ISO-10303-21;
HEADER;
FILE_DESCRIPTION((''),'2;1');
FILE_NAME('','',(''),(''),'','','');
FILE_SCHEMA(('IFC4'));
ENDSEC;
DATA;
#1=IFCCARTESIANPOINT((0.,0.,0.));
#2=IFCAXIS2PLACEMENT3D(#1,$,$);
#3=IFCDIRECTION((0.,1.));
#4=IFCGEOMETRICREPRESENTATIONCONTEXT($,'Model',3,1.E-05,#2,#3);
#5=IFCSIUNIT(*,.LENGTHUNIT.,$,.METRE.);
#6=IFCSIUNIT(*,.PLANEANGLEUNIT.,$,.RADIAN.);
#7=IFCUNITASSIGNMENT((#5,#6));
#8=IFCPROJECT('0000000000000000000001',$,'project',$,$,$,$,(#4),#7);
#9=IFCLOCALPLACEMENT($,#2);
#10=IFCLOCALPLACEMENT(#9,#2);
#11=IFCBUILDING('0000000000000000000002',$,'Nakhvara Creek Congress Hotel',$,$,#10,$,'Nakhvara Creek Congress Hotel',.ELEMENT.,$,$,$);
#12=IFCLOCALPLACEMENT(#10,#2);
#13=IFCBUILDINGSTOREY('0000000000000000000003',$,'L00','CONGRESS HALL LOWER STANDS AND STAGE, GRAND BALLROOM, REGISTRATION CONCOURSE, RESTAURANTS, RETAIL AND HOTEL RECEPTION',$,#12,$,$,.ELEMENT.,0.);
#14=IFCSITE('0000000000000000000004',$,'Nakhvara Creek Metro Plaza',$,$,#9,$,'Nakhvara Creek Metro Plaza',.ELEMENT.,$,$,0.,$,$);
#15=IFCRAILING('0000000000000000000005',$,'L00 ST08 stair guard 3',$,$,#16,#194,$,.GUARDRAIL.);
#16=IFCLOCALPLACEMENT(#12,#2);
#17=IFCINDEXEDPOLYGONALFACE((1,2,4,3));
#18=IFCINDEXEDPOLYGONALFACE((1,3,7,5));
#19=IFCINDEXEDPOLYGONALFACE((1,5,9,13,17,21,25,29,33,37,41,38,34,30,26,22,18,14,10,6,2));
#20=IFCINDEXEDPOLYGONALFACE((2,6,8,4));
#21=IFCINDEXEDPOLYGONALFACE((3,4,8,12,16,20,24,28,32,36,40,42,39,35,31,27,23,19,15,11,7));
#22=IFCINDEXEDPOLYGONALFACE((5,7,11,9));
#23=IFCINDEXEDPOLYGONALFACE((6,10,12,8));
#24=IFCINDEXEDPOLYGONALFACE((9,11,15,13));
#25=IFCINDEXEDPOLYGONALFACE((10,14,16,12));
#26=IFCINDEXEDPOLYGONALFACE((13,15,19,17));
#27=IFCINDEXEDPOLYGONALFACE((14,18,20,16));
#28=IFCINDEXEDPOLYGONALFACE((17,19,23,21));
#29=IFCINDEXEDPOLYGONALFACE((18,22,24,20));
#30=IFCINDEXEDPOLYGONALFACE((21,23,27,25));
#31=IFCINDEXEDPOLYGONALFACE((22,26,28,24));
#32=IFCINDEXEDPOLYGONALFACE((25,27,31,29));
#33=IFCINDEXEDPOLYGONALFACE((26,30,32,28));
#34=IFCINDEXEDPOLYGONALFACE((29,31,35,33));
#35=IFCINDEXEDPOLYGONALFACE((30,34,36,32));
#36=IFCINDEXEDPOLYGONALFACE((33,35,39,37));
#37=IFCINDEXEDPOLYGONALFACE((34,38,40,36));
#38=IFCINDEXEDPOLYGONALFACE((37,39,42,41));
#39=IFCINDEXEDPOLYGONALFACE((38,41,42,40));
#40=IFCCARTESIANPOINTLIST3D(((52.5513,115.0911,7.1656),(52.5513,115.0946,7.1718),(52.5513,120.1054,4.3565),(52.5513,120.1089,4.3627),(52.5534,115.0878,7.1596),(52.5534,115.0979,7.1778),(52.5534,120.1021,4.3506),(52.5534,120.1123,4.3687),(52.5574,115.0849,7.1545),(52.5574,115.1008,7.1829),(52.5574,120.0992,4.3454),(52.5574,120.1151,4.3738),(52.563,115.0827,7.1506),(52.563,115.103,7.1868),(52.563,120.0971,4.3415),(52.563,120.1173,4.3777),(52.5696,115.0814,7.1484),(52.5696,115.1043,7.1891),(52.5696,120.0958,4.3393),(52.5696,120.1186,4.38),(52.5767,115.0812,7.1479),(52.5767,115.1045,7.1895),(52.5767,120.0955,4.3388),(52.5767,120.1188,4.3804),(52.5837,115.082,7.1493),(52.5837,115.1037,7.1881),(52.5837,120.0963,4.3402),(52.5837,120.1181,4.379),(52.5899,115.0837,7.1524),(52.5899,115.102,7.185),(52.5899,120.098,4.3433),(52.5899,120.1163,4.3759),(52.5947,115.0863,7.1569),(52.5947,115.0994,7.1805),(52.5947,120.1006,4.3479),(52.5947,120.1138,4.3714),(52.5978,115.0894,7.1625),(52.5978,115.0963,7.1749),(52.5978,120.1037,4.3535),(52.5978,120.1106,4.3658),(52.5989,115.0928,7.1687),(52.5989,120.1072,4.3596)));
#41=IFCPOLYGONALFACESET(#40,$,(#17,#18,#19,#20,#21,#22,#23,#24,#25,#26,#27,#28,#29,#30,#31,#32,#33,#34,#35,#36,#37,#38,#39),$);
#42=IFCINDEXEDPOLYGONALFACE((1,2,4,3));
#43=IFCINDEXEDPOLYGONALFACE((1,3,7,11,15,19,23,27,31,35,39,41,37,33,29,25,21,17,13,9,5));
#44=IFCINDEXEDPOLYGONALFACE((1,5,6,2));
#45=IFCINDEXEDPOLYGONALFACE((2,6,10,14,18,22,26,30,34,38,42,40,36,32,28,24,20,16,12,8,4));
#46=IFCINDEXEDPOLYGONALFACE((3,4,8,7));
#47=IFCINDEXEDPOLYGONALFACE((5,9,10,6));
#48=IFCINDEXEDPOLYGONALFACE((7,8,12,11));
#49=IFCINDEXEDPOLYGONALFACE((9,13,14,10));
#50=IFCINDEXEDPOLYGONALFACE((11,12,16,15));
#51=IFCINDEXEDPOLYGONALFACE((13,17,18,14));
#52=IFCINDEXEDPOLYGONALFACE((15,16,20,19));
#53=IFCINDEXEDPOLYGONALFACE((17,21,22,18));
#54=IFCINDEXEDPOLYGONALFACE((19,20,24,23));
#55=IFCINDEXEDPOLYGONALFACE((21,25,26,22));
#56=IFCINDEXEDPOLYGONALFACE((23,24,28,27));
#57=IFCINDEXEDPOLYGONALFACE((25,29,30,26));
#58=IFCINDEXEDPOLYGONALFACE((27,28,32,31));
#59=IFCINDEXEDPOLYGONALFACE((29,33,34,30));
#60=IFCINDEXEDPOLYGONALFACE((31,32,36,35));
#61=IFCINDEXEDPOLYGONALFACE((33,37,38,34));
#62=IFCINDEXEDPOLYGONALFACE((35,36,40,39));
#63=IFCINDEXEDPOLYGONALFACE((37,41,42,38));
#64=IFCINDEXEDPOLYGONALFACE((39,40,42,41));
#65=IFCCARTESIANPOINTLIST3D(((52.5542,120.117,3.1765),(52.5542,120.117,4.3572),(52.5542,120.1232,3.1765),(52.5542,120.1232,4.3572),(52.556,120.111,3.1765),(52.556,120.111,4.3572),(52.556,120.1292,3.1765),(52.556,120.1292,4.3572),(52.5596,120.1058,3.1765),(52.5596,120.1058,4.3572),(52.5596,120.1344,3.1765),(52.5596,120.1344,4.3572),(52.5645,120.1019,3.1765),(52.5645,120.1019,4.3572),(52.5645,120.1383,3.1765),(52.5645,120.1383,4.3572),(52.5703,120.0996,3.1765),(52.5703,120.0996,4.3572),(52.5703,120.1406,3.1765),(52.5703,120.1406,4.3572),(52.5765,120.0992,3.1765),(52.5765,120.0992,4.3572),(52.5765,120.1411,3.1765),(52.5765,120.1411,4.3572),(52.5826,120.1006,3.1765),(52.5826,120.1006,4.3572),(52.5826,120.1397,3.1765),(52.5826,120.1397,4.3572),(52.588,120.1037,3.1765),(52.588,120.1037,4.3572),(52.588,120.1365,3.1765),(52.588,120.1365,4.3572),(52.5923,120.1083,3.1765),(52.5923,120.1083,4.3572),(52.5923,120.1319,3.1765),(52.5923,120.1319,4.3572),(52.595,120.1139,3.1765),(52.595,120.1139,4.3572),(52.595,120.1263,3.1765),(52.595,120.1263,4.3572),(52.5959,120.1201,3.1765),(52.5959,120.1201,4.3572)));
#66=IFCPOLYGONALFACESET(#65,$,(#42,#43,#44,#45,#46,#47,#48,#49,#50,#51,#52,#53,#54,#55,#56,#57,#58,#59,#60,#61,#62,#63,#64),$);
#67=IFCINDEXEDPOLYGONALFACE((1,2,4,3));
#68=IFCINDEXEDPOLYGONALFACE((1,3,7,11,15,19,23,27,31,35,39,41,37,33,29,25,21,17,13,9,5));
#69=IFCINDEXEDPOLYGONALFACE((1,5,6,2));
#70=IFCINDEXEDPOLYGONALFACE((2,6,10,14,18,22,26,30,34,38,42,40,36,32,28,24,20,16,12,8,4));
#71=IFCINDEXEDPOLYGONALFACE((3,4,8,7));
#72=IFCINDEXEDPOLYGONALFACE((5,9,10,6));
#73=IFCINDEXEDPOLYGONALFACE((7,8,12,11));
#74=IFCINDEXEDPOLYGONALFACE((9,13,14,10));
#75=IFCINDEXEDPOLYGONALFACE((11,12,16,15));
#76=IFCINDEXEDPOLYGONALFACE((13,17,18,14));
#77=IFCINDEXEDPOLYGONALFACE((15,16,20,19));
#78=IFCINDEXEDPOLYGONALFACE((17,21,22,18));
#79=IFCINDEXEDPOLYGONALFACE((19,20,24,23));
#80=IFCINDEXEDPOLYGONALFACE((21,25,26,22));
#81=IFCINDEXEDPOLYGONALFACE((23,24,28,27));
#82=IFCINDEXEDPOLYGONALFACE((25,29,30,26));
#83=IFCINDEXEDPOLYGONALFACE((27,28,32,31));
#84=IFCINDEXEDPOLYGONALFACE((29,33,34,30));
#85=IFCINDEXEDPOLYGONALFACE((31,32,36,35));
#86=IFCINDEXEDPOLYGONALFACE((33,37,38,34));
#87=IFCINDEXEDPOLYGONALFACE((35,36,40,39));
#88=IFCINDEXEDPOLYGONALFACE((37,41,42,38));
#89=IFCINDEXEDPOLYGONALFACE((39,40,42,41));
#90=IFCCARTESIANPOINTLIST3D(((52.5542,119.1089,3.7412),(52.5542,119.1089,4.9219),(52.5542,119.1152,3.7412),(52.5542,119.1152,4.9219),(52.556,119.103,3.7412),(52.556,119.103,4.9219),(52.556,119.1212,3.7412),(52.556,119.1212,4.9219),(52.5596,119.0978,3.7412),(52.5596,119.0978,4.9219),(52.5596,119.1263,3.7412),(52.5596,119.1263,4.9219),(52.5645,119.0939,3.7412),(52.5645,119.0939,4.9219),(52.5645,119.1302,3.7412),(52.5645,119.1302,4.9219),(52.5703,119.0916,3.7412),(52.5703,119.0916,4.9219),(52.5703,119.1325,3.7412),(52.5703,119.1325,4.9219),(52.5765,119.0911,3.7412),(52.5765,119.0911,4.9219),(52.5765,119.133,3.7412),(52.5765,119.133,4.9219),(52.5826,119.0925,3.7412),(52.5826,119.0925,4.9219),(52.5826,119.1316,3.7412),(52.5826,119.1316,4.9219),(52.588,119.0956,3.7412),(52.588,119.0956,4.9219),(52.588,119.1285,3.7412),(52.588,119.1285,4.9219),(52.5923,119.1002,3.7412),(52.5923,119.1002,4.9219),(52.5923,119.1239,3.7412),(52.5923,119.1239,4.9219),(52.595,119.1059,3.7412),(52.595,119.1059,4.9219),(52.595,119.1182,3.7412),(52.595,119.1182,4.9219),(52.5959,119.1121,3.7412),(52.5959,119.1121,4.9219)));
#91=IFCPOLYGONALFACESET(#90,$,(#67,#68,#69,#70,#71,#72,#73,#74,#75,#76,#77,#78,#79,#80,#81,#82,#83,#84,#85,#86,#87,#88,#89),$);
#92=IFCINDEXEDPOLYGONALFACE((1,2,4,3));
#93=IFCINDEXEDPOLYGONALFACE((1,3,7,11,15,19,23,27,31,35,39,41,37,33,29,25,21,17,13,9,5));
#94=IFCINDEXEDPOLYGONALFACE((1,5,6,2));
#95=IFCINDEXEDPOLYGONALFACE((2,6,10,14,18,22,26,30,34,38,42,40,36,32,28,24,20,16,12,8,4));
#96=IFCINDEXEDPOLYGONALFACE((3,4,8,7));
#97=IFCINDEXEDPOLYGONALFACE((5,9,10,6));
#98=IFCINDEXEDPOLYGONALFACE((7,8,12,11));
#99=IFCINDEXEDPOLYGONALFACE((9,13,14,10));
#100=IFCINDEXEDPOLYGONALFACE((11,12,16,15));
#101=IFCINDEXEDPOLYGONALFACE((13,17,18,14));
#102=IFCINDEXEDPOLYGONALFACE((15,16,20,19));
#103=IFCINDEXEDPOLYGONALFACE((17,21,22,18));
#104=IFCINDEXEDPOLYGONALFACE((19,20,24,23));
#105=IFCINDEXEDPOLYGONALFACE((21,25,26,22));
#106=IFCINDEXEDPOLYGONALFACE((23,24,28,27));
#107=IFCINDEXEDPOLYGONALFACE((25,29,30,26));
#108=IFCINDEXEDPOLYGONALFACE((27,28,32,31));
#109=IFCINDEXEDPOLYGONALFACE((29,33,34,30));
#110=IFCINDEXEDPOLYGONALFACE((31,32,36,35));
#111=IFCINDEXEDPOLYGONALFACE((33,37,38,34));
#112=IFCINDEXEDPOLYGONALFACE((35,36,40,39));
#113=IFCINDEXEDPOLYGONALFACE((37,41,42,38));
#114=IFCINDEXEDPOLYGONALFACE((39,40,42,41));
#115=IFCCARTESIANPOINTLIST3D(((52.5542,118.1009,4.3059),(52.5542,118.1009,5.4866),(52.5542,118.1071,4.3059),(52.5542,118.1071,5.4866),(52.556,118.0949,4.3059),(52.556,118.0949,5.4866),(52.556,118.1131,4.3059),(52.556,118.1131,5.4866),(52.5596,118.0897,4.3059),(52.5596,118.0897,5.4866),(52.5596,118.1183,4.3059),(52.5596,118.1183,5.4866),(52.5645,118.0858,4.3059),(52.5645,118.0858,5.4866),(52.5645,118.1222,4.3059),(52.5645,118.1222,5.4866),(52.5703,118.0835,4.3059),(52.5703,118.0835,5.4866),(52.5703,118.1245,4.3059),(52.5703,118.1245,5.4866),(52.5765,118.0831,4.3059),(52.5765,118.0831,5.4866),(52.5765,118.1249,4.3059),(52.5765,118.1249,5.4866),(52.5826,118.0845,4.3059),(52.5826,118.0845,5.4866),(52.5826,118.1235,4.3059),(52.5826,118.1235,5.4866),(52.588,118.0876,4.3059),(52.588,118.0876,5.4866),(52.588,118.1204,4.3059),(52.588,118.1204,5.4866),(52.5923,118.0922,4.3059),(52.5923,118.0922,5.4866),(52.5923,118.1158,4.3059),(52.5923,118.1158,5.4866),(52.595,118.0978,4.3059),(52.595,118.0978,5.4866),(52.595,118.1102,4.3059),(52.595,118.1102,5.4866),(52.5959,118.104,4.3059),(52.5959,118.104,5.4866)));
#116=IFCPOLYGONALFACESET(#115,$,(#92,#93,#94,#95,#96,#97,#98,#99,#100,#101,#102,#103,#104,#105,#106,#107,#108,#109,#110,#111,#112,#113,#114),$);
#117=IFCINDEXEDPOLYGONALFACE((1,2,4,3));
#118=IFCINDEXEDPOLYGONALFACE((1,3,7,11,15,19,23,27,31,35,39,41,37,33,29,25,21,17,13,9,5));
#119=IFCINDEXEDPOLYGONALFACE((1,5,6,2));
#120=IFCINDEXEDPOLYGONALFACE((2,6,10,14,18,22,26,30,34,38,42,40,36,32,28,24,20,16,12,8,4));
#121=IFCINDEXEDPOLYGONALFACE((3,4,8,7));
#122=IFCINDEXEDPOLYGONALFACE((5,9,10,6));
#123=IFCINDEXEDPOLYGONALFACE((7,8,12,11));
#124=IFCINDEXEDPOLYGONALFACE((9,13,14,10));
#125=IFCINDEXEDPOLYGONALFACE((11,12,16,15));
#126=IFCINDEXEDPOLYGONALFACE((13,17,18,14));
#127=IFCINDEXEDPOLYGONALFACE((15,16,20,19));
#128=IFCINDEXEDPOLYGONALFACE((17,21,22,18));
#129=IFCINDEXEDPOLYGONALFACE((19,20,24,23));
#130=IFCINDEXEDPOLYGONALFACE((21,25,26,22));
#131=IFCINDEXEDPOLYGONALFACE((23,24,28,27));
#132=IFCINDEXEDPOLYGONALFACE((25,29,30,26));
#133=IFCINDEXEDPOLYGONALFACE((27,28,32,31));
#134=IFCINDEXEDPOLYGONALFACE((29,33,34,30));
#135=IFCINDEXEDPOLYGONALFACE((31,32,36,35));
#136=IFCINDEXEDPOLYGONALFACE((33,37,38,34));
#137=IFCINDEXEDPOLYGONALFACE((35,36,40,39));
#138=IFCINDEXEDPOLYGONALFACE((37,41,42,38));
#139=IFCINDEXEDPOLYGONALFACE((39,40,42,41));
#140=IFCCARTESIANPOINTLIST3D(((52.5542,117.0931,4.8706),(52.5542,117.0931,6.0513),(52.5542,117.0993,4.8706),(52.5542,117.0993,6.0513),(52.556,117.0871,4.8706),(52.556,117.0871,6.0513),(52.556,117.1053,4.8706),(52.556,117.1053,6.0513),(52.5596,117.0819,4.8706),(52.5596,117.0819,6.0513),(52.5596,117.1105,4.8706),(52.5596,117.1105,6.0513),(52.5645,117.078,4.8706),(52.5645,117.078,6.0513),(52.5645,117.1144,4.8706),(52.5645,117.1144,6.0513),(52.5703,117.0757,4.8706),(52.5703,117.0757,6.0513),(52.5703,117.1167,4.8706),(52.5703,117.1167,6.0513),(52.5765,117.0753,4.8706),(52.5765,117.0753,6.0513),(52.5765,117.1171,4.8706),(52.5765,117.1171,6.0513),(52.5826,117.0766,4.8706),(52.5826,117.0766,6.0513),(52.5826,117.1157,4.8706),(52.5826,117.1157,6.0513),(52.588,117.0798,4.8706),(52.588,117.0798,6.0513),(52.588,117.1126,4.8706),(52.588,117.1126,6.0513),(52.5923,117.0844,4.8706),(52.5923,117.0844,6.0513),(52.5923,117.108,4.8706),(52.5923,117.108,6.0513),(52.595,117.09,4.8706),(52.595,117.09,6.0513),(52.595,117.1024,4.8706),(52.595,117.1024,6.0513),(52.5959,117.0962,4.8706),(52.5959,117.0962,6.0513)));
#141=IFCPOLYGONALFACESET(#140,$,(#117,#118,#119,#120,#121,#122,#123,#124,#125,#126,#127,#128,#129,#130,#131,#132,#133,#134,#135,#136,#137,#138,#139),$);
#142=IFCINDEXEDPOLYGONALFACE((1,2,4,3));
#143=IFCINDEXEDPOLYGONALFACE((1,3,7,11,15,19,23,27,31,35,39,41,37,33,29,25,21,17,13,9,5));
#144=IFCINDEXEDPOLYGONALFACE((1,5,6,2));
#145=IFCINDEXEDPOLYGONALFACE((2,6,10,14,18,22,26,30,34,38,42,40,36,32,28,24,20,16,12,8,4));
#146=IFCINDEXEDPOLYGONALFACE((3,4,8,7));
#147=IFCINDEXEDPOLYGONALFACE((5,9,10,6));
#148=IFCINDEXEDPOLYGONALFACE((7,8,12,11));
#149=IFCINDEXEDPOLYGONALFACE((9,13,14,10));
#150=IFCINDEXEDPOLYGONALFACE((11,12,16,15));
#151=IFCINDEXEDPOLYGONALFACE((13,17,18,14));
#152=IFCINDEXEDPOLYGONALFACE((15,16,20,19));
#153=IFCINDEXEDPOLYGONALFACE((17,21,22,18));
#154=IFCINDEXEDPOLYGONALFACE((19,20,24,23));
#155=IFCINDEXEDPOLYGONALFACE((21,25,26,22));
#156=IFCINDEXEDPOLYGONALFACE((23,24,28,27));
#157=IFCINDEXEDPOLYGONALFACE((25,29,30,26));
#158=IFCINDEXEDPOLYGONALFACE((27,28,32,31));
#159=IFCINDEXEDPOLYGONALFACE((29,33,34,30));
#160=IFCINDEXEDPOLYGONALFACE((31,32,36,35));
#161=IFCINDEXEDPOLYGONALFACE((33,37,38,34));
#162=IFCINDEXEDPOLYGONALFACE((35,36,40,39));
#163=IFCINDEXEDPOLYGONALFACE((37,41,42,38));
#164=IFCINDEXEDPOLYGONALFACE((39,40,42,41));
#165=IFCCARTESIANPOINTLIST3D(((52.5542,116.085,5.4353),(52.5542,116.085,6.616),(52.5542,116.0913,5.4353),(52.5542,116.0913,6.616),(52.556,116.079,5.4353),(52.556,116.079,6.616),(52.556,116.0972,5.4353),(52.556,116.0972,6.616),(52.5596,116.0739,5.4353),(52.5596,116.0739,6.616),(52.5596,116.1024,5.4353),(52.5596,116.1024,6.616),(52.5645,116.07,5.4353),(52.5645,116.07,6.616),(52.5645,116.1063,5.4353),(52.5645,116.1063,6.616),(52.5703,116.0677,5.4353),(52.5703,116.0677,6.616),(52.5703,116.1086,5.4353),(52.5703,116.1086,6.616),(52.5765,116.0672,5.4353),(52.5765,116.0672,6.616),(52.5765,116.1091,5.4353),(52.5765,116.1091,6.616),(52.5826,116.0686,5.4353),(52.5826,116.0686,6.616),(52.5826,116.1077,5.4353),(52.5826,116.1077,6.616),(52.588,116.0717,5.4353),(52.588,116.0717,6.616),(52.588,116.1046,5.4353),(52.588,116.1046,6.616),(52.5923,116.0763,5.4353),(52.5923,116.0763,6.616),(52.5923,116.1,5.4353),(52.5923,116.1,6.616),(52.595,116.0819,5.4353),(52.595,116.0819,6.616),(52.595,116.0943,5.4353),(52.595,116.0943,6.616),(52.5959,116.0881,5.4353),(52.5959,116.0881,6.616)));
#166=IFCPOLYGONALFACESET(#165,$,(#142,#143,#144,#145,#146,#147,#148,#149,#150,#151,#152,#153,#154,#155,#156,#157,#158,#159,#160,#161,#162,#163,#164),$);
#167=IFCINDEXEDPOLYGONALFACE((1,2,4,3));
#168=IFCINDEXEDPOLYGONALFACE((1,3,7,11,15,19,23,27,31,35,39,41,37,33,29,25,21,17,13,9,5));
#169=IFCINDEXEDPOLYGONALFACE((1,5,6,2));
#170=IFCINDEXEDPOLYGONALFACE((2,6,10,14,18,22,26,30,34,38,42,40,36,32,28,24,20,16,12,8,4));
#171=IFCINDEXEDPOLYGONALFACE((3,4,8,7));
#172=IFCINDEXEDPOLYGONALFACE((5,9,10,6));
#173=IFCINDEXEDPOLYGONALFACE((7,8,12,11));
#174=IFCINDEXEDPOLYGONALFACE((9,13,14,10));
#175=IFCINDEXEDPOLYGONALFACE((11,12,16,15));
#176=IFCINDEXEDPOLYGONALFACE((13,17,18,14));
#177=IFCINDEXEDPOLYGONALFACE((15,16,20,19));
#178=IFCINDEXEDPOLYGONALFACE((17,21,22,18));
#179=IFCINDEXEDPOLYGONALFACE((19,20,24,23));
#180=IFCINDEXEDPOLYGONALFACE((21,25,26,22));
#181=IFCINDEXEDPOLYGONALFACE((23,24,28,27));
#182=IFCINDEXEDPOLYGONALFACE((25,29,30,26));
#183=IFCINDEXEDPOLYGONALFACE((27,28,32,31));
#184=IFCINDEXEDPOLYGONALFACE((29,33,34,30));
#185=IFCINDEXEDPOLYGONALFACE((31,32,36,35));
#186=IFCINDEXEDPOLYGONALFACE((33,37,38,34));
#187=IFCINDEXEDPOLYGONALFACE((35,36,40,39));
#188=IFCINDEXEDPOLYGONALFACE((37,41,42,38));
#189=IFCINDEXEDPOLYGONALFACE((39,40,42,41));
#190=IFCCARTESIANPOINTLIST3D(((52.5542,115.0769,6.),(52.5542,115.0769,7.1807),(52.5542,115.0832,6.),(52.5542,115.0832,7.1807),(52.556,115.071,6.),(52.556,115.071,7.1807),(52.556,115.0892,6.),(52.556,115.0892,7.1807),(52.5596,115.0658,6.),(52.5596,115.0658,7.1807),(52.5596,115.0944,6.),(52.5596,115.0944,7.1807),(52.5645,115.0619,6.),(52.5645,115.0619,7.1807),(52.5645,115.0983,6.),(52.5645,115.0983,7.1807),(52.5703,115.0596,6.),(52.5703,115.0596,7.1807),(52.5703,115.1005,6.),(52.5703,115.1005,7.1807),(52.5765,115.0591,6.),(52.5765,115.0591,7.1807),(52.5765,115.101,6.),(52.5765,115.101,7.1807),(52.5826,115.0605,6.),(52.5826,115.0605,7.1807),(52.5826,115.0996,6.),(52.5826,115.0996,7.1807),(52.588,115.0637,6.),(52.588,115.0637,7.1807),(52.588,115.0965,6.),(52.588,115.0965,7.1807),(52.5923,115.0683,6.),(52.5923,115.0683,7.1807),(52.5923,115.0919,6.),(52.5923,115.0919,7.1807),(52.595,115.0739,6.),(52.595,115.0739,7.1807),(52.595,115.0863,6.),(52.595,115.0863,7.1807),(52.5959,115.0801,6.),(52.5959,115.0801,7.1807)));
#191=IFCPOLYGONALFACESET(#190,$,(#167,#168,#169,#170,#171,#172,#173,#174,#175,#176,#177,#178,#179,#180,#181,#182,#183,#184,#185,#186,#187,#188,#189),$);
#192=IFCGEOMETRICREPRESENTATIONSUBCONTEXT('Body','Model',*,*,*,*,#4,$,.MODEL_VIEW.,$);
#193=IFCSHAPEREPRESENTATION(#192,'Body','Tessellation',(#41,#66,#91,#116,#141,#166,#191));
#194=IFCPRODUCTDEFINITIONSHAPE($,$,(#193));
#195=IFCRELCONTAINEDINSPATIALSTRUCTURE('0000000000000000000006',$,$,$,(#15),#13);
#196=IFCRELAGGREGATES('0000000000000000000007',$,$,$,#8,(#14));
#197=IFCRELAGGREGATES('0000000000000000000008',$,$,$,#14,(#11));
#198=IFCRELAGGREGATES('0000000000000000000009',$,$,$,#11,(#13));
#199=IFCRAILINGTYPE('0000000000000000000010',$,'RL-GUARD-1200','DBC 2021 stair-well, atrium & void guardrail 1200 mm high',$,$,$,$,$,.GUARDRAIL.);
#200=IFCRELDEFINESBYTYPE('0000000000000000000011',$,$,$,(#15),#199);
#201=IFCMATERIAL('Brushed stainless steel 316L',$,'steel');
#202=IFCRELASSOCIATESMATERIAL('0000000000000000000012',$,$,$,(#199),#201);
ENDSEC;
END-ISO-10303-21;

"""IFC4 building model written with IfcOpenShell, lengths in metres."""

from ifc_helpers import new_model, si_unit, direction, frame, origin, origin_2d, place, context, subcontext, project, spatial, circle, extrude, material, type_object, element, save


model = new_model("IFC4")

# Units and contexts
model_context = context("Model", 3, precision=1e-05, world=origin(), true_north=direction((0.0, 1.0)))
body_context = subcontext(model_context, "Body", "Model", "MODEL_VIEW")
ifc_project = project(units=[si_unit("LENGTHUNIT", "METRE"), si_unit("PLANEANGLEUNIT", "RADIAN")], contexts=[model_context])

# Site, building, storey
site_placement = place(None, origin())
site = spatial("IfcSite", under=ifc_project, at=site_placement, Name="Nakhvara Creek Metro Plaza", LongName="Nakhvara Creek Metro Plaza", CompositionType="ELEMENT", RefElevation=0.0)
building_placement = place(site_placement, origin())
building = spatial("IfcBuilding", under=site, at=building_placement, Name="Nakhvara Creek Congress Hotel", LongName="Nakhvara Creek Congress Hotel", CompositionType="ELEMENT")
storey_placement = place(building_placement, origin())
storey = spatial("IfcBuildingStorey", under=building, at=storey_placement, Name="L00", Description="CONGRESS HALL LOWER STANDS AND STAGE, GRAND BALLROOM, REGISTRATION CONCOURSE, RESTAURANTS, RETAIL AND HOTEL RECEPTION", CompositionType="ELEMENT", Elevation=0.0)

# Railing
ifc_material_1 = material(Name="Brushed stainless steel 316L", Category="steel")
railing_type_1 = type_object("IfcRailingType", Name="RL-GUARD-1200", Description="DBC 2021 stair-well, atrium & void guardrail 1200 mm high", PredefinedType="GUARDRAIL", material=ifc_material_1)
railing_1_placement = place(storey_placement, frame((52.575, 120.1201, 3.1765)))
element("IfcRailing", 1, at=railing_1_placement, inside=storey, type_object=railing_type_1, Name="L00 ST08 stair guard 3", PredefinedType="GUARDRAIL", context=body_context, shape_type="SweptSolid", body=[
    extrude(circle(Radius=0.0239, at=origin_2d()), frame((0.0, -0.0129, 1.1831), z_axis=(0.0, -0.872427, 0.488744), x_axis=(1.0, 0.0, 0.0)), (0.0, 0.0, 1.0), 5.7476),
    extrude(circle(Radius=0.021, at=origin_2d()), origin(), (0.0, 0.0, 1.0), 1.1807),
    extrude(circle(Radius=0.021, at=origin_2d()), frame((0.0, -1.0081, 0.5647)), (0.0, 0.0, 1.0), 1.1807),
    extrude(circle(Radius=0.021, at=origin_2d()), frame((0.0, -2.0161, 1.1294)), (0.0, 0.0, 1.0), 1.1807),
    extrude(circle(Radius=0.021, at=origin_2d()), frame((0.0, -3.0239, 1.6941)), (0.0, 0.0, 1.0), 1.1807),
    extrude(circle(Radius=0.021, at=origin_2d()), frame((0.0, -4.032, 2.2588)), (0.0, 0.0, 1.0), 1.1807),
    extrude(circle(Radius=0.021, at=origin_2d()), frame((0.0, -5.04, 2.8235)), (0.0, 0.0, 1.0), 1.1807),
])

save(model, "model.ifc")
